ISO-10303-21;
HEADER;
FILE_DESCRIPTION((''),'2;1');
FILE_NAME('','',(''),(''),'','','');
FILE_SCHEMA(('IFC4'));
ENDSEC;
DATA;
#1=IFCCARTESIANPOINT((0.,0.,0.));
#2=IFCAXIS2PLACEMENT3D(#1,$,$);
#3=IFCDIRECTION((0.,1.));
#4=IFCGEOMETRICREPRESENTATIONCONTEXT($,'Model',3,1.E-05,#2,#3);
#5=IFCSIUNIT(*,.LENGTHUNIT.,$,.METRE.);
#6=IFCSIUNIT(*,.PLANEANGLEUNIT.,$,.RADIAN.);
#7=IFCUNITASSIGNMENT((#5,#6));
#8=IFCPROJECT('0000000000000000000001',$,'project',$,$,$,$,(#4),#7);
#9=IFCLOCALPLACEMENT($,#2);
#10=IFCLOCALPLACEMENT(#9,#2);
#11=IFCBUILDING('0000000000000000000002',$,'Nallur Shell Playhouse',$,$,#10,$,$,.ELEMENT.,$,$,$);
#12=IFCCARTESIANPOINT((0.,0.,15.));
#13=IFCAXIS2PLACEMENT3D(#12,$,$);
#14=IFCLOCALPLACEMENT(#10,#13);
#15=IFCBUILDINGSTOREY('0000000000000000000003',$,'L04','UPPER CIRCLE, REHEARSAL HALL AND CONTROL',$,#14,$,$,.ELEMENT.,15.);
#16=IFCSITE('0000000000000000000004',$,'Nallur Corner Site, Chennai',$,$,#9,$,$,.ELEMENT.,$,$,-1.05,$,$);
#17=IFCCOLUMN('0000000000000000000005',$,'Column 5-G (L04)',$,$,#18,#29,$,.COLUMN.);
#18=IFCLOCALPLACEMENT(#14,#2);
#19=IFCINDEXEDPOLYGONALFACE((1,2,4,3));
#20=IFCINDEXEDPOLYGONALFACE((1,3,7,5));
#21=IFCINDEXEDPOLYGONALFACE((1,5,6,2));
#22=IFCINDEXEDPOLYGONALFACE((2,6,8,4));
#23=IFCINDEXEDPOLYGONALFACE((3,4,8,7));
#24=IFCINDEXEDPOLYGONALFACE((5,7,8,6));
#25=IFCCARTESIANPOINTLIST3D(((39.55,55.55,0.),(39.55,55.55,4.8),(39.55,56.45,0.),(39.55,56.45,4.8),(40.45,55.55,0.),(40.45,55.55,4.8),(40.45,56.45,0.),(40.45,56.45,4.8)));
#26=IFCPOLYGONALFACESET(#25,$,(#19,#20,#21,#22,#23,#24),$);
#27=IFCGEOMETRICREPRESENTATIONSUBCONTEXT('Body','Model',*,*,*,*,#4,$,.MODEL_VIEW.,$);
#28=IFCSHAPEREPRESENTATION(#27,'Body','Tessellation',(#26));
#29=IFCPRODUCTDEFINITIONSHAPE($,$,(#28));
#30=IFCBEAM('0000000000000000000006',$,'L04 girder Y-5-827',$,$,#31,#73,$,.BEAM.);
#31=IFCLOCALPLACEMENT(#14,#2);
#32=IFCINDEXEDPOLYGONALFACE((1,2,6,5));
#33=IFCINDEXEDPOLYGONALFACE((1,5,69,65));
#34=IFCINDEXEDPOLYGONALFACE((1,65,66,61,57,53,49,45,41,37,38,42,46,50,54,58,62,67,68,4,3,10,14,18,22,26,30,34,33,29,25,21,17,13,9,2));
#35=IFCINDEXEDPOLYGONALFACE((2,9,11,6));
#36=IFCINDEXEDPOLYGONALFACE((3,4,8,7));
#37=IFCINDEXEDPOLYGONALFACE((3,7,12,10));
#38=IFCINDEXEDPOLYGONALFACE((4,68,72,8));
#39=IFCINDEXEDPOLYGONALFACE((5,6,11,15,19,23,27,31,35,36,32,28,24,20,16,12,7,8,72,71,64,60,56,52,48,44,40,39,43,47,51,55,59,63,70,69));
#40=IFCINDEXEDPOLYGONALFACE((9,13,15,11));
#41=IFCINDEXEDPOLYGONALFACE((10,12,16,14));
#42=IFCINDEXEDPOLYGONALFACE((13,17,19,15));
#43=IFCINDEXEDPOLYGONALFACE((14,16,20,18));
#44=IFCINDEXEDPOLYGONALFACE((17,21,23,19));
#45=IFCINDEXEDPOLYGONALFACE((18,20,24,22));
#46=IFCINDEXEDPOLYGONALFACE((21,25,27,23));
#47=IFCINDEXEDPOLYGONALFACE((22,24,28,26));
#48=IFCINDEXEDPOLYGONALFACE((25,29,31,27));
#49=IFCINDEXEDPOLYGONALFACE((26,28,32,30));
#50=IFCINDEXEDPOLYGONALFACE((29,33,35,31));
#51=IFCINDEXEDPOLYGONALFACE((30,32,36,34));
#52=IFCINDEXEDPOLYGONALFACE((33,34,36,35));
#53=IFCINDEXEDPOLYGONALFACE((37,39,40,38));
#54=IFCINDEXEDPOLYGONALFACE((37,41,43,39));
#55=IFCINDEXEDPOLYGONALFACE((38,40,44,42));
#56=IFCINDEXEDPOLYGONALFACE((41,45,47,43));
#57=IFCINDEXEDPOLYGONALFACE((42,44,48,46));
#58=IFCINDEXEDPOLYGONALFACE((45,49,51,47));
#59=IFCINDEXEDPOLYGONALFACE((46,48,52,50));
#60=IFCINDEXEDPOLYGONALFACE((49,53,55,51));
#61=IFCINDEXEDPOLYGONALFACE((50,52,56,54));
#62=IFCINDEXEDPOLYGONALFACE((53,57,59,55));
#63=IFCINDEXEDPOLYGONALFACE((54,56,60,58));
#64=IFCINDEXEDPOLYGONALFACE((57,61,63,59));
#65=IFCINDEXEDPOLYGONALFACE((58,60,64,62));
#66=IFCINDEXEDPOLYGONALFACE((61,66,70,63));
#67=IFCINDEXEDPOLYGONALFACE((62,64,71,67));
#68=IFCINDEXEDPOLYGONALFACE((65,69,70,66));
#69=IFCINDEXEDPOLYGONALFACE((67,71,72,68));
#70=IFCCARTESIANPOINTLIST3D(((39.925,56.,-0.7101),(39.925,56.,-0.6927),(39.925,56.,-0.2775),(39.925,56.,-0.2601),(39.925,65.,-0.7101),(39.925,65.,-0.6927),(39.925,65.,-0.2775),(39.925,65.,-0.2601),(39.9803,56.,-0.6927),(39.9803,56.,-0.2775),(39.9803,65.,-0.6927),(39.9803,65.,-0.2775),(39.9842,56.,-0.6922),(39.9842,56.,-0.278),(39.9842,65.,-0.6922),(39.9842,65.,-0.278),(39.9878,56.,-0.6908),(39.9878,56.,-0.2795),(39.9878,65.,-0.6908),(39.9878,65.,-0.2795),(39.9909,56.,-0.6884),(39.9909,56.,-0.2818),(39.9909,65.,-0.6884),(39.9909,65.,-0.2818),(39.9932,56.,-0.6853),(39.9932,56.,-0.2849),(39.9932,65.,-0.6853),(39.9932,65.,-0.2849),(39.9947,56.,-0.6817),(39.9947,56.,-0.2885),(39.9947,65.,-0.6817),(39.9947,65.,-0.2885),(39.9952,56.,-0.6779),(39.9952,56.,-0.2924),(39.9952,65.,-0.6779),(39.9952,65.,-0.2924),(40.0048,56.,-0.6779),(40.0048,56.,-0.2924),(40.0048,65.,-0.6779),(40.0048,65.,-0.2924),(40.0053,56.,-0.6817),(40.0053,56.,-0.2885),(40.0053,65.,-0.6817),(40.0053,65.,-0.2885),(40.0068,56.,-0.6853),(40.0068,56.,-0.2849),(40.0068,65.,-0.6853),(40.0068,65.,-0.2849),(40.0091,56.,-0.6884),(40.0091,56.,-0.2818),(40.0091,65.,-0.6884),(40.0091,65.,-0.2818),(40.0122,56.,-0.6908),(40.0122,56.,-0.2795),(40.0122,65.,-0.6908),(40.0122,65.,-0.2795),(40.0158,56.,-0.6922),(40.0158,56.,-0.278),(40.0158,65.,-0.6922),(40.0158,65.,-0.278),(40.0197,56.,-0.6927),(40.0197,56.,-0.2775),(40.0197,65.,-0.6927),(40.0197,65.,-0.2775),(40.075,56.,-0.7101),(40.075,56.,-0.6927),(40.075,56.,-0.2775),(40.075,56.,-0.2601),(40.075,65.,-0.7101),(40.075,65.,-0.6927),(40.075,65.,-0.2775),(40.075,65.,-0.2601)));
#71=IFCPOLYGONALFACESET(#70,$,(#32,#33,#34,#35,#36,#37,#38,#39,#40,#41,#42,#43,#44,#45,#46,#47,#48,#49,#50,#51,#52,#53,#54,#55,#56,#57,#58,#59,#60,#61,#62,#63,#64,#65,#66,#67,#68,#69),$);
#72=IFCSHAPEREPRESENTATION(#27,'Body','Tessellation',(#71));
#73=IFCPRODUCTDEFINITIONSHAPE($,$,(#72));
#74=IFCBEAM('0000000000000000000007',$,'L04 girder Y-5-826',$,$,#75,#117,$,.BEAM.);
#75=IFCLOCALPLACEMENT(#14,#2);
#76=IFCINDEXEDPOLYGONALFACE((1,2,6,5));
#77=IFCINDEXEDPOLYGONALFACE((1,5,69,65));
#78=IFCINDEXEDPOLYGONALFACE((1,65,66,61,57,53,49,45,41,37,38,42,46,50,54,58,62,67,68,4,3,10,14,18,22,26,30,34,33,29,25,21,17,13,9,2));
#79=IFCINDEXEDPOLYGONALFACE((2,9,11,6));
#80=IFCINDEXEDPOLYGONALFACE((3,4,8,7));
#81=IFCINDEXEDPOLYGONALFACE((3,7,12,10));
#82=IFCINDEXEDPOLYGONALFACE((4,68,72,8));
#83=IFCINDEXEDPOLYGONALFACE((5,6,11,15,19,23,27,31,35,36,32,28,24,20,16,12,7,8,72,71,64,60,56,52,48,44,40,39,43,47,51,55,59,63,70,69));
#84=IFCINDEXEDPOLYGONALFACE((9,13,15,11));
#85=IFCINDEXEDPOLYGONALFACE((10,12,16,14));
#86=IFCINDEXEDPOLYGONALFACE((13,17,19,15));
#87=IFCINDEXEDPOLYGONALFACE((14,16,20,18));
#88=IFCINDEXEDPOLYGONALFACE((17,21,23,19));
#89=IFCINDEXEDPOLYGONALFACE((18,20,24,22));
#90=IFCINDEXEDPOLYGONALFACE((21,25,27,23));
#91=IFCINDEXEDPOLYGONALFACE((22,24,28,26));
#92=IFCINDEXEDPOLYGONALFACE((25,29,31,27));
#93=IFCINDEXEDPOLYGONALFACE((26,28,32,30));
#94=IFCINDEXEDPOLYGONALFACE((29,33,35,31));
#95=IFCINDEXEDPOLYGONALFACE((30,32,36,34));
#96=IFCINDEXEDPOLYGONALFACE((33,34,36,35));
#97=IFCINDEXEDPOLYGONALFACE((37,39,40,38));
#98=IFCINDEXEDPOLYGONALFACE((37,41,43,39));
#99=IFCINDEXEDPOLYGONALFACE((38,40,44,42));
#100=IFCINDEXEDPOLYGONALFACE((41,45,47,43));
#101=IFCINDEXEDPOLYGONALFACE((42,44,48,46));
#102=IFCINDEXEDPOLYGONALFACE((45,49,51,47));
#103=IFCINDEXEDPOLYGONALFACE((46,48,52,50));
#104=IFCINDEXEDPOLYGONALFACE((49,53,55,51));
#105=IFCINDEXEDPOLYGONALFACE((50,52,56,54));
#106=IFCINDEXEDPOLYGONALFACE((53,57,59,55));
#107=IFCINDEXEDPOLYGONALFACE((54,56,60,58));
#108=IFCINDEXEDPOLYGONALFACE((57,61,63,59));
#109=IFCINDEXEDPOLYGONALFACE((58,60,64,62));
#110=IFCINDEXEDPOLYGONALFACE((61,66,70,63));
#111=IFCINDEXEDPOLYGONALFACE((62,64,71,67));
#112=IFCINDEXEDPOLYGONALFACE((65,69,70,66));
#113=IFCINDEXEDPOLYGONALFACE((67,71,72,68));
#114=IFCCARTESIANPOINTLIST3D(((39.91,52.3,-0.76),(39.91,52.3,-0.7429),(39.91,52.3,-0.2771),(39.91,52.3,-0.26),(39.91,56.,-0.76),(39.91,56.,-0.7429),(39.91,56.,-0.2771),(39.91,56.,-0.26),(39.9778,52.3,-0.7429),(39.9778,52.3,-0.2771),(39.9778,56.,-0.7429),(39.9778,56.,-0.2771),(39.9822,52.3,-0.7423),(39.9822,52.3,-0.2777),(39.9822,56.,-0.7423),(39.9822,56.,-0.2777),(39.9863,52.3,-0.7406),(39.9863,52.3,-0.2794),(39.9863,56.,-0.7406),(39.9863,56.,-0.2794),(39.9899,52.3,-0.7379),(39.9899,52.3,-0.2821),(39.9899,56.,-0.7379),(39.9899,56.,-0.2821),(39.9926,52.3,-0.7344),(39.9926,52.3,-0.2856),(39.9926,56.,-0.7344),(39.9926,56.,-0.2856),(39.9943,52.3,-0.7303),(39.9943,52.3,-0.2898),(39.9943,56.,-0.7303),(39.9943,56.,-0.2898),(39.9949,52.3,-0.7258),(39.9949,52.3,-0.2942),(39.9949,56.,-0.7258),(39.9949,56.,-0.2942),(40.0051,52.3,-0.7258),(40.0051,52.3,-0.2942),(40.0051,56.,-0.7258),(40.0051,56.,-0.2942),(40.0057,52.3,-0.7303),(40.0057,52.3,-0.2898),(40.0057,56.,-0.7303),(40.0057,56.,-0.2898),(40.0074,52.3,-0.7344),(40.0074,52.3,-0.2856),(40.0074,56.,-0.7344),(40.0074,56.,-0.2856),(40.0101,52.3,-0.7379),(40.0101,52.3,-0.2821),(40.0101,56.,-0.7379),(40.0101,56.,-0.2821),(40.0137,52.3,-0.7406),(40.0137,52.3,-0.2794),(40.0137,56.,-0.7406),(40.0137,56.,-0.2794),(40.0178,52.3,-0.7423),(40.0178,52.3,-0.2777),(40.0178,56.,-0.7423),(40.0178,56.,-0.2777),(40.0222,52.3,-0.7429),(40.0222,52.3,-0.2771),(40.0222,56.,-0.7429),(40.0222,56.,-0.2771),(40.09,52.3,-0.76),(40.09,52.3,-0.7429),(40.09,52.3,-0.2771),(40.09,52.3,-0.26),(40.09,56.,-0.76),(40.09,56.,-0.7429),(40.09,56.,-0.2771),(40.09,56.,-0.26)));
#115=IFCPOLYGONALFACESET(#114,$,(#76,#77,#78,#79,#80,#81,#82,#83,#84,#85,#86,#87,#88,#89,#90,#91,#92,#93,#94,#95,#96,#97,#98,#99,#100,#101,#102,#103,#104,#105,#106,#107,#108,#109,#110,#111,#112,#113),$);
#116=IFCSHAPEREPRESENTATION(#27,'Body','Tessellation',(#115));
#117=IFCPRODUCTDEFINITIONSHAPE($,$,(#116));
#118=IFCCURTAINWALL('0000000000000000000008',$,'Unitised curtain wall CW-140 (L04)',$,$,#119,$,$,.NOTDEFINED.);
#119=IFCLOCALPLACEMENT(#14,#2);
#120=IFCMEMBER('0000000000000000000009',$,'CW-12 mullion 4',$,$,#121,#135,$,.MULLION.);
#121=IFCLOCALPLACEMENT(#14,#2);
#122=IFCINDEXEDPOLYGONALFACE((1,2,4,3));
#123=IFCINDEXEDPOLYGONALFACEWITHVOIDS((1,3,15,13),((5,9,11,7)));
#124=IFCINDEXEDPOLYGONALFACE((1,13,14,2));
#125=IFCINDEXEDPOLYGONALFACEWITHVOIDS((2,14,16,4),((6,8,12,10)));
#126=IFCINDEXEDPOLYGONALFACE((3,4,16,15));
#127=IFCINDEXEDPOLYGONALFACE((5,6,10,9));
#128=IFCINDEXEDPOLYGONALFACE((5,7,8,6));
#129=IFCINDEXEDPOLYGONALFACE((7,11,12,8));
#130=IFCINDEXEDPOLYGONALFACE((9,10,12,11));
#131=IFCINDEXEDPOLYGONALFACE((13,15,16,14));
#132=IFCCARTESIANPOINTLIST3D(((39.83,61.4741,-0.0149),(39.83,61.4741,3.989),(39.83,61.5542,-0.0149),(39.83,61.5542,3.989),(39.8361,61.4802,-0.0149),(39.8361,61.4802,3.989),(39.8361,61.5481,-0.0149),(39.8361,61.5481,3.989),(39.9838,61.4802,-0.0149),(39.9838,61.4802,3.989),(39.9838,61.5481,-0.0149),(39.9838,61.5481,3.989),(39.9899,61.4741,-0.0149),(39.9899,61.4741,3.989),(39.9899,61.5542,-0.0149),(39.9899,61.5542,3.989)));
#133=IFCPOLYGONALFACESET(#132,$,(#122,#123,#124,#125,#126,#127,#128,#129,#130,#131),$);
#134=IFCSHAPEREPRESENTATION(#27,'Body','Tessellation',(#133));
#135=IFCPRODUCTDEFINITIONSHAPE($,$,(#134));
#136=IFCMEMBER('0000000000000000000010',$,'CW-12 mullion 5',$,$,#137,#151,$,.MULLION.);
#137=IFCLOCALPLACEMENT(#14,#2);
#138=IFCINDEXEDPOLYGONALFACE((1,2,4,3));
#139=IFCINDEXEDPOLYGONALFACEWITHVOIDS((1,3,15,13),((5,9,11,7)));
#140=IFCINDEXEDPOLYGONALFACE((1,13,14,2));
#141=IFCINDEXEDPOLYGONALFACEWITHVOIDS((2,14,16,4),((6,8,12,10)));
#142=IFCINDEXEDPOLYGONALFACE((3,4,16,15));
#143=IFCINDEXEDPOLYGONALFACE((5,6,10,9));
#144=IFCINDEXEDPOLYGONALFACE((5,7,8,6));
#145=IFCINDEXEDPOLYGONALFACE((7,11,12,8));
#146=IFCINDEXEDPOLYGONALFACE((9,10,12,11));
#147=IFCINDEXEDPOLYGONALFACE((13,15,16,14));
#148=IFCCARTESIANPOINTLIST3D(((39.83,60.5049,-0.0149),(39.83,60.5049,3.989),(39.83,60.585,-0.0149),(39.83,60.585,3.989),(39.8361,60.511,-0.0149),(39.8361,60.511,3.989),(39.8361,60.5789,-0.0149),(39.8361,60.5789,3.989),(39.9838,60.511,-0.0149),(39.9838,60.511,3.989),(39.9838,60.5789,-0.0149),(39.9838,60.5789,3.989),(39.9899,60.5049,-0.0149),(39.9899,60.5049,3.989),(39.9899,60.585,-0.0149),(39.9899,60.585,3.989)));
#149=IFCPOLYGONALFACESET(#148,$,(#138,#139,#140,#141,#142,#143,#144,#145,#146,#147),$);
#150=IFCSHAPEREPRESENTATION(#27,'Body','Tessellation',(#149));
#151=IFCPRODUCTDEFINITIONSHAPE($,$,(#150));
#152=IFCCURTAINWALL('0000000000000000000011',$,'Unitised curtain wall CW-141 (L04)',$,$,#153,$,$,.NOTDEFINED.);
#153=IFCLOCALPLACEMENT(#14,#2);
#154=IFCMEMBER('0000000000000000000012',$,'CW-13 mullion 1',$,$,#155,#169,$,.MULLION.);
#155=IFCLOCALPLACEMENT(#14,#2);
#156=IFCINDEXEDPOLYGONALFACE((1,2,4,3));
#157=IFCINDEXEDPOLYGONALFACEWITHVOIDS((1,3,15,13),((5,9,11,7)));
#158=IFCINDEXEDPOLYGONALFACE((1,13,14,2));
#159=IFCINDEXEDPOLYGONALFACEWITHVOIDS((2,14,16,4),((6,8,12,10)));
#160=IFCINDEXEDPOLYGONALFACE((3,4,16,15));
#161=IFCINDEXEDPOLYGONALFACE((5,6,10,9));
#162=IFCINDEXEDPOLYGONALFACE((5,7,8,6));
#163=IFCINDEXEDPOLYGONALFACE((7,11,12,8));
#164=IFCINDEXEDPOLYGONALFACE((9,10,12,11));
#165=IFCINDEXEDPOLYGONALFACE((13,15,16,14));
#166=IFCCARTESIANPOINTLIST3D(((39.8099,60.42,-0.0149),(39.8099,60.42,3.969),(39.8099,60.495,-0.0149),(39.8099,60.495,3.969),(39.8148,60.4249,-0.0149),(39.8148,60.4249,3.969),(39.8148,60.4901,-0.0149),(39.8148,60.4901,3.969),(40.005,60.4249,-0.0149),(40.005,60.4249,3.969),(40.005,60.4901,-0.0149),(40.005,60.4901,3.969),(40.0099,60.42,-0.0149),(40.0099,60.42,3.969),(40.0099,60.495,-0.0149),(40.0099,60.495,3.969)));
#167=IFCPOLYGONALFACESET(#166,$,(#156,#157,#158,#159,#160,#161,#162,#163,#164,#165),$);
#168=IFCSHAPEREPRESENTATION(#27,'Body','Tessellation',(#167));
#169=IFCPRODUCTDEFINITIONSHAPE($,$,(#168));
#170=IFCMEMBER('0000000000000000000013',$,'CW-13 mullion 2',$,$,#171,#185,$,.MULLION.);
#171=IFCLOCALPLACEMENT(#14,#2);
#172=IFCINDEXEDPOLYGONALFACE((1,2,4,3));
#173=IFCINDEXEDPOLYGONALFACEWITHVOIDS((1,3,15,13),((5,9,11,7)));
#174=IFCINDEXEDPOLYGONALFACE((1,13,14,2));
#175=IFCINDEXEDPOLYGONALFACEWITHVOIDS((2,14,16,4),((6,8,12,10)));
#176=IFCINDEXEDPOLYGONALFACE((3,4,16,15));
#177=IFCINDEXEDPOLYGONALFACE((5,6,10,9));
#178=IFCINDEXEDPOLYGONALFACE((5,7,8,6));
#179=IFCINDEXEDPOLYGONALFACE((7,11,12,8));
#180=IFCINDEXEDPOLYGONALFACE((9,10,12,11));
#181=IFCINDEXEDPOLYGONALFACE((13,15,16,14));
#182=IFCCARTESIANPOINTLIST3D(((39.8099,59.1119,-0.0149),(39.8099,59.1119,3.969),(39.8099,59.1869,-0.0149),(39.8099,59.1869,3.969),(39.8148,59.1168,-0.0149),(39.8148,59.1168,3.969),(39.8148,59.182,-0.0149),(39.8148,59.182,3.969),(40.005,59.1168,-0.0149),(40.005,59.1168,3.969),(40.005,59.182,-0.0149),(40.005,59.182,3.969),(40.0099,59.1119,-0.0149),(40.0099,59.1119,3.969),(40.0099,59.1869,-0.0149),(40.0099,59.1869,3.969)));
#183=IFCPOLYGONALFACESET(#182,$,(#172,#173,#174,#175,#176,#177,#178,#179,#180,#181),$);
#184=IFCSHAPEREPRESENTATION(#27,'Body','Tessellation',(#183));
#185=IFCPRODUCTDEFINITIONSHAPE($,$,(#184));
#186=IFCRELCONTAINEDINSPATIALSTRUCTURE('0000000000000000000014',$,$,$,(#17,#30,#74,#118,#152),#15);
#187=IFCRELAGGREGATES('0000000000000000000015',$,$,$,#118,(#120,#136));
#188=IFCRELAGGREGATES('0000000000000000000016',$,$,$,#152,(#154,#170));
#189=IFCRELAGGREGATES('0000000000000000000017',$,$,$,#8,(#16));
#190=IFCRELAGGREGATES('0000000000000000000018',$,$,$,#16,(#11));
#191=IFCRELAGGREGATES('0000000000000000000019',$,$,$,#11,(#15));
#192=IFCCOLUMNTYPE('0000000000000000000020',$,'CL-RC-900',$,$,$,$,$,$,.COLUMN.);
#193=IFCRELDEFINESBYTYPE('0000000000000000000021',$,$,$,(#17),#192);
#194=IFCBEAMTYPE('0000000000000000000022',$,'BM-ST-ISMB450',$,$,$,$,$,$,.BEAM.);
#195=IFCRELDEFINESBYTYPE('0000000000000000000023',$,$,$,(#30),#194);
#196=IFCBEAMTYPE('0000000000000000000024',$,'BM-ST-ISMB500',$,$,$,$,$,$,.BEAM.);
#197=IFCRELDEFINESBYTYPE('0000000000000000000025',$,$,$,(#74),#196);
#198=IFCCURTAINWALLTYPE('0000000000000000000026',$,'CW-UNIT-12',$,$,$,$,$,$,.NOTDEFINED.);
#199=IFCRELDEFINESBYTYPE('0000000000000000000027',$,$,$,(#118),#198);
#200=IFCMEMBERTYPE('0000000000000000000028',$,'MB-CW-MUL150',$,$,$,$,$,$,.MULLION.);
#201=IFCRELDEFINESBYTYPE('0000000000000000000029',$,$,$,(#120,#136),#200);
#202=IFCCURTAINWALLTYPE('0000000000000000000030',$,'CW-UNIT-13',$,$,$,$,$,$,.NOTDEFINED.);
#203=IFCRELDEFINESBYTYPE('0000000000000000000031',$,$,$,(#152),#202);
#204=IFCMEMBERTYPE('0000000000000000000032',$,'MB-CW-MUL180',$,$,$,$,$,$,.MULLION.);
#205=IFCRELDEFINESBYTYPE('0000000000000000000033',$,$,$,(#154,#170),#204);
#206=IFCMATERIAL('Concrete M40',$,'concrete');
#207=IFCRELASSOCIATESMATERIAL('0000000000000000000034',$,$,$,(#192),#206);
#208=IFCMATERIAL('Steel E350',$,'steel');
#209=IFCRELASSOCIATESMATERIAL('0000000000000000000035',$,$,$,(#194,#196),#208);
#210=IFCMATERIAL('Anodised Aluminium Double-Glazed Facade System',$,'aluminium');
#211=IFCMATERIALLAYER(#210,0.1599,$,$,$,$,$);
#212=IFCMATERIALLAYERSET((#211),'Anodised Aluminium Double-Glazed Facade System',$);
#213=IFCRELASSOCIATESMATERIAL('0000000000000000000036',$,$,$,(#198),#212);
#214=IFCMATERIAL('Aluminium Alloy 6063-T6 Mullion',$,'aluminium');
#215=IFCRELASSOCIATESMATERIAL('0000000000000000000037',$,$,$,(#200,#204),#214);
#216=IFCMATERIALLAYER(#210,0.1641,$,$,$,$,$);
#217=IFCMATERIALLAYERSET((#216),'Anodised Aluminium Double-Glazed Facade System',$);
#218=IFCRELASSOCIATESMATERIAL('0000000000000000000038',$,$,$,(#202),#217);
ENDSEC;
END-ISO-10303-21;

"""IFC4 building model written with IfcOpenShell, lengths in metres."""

from ifc_helpers import new_model, si_unit, direction, frame, origin, origin_2d, place, context, subcontext, project, spatial, rectangle, hollow_rectangle, i_section, extrude, material, layer, layer_set, material_profile, profile_set, type_object, element, aggregate, save


model = new_model("IFC4")

# Units and contexts
model_context = context("Model", 3, precision=1e-05, world=origin(), true_north=direction((0.0, 1.0)))
body_context = subcontext(model_context, "Body", "Model", "MODEL_VIEW")
ifc_project = project(units=[si_unit("LENGTHUNIT", "METRE"), si_unit("PLANEANGLEUNIT", "RADIAN")], contexts=[model_context])

# Site, building, storey
site_placement = place(None, origin())
site = spatial("IfcSite", under=ifc_project, at=site_placement, Name="Nallur Corner Site, Chennai", CompositionType="ELEMENT", RefElevation=-1.05)
building_placement = place(site_placement, origin())
building = spatial("IfcBuilding", under=site, at=building_placement, Name="Nallur Shell Playhouse", CompositionType="ELEMENT")
storey_placement = place(building_placement, frame((0.0, 0.0, 15.0)))
storey = spatial("IfcBuildingStorey", under=building, at=storey_placement, Name="L04", Description="UPPER CIRCLE, REHEARSAL HALL AND CONTROL", CompositionType="ELEMENT", Elevation=15.0)

# Column
ifc_material_1 = material(Name="Concrete M40", Category="concrete")
ifc_material_profile_1 = material_profile(ifc_material_1, rectangle(XDim=0.8999, YDim=0.8999, at=origin_2d()), Name="RC 900x900")
ifc_profile_set_1 = profile_set([ifc_material_profile_1], Name="Concrete M40")
column_type = type_object("IfcColumnType", Name="CL-RC-900", PredefinedType="COLUMN", material=ifc_profile_set_1)
column_placement = place(storey_placement, frame((40.0, 56.0, 0.0), z_axis=(0.0, 0.0, 1.0), x_axis=(1.0, 0.0, 0.0)))
element("IfcColumn", 1, at=column_placement, inside=storey, type_object=column_type, Name="Column 5-G (L04)", PredefinedType="COLUMN", context=body_context, shape_type="SweptSolid", body=[
    extrude(rectangle(XDim=0.8999, YDim=0.8999, at=origin_2d()), origin(), (0.0, 0.0, 1.0), 4.8),
])

# Beams
ifc_material_2 = material(Name="Steel E350", Category="steel")
ifc_material_profile_2 = material_profile(ifc_material_2, i_section(OverallWidth=0.1499, OverallDepth=0.45, WebThickness=0.0095, FlangeThickness=0.0173, FilletRadius=0.0149, at=origin_2d()), Name="ISMB 450")
ifc_profile_set_2 = profile_set([ifc_material_profile_2], Name="Steel E350")
beam_type_1 = type_object("IfcBeamType", Name="BM-ST-ISMB450", PredefinedType="BEAM", material=ifc_profile_set_2)
beam_1_placement = place(storey_placement, frame((40.0, 56.0, -0.4851), z_axis=(0.0, 1.0, 0.0), x_axis=(-1.0, 0.0, 0.0)))
element("IfcBeam", 2, at=beam_1_placement, inside=storey, type_object=beam_type_1, Name="L04 girder Y-5-827", PredefinedType="BEAM", context=body_context, shape_type="SweptSolid", body=[
    extrude(i_section(OverallWidth=0.1499, OverallDepth=0.45, WebThickness=0.0095, FlangeThickness=0.0173, FilletRadius=0.0149, at=origin_2d()), origin(), (0.0, 0.0, 1.0), 9.0),
])
ifc_material_profile_3 = material_profile(ifc_material_2, i_section(OverallWidth=0.1799, OverallDepth=0.5, WebThickness=0.0103, FlangeThickness=0.0171, FilletRadius=0.0171, at=origin_2d()), Name="ISMB 500")
ifc_profile_set_3 = profile_set([ifc_material_profile_3], Name="Steel E350")
beam_type_2 = type_object("IfcBeamType", Name="BM-ST-ISMB500", PredefinedType="BEAM", material=ifc_profile_set_3)
beam_2_placement = place(storey_placement, frame((40.0, 52.3, -0.51), z_axis=(0.0, 1.0, 0.0), x_axis=(-1.0, 0.0, 0.0)))
element("IfcBeam", 3, at=beam_2_placement, inside=storey, type_object=beam_type_2, Name="L04 girder Y-5-826", PredefinedType="BEAM", context=body_context, shape_type="SweptSolid", body=[
    extrude(i_section(OverallWidth=0.1799, OverallDepth=0.5, WebThickness=0.0103, FlangeThickness=0.0171, FilletRadius=0.0171, at=origin_2d()), origin(), (0.0, 0.0, 1.0), 3.7),
])

# Curtain walls, members
ifc_material_3 = material(Name="Anodised Aluminium Double-Glazed Facade System", Category="aluminium")
ifc_layer_1 = layer(ifc_material_3, 0.1599)
ifc_layer_set_1 = layer_set([ifc_layer_1], Name="Anodised Aluminium Double-Glazed Facade System")
curtain_wall_type_1 = type_object("IfcCurtainWallType", Name="CW-UNIT-12", PredefinedType="NOTDEFINED", material=ifc_layer_set_1)
curtain_wall_1_placement = place(storey_placement, origin())
curtain_wall_1 = element("IfcCurtainWall", 4, at=curtain_wall_1_placement, inside=storey, type_object=curtain_wall_type_1, Name="Unitised curtain wall CW-140 (L04)", PredefinedType="NOTDEFINED")
ifc_material_4 = material(Name="Aluminium Alloy 6063-T6 Mullion", Category="aluminium")
ifc_material_profile_4 = material_profile(ifc_material_4, hollow_rectangle(XDim=0.0801, YDim=0.1599, WallThickness=0.0061, at=origin_2d()), Name="RHS 160x80x6")
ifc_profile_set_4 = profile_set([ifc_material_profile_4], Name="Aluminium Alloy 6063-T6 Mullion")
member_type_1 = type_object("IfcMemberType", Name="MB-CW-MUL150", PredefinedType="MULLION", material=ifc_profile_set_4)
member_1_placement = place(storey_placement, frame((39.9099, 61.5142, -0.0149), z_axis=(0.0, 0.0, 1.0), x_axis=(0.0, -1.0, 0.0)))
member_1 = element("IfcMember", 5, at=member_1_placement, type_object=member_type_1, Name="CW-12 mullion 4", PredefinedType="MULLION", context=body_context, shape_type="SweptSolid", body=[
    extrude(hollow_rectangle(XDim=0.0801, YDim=0.1599, WallThickness=0.0061, at=origin_2d()), origin(), (0.0, 0.0, 1.0), 4.0039),
])
member_2_placement = place(storey_placement, frame((39.9099, 60.5449, -0.0149), z_axis=(0.0, 0.0, 1.0), x_axis=(0.0, -1.0, 0.0)))
member_2 = element("IfcMember", 6, at=member_2_placement, type_object=member_type_1, Name="CW-12 mullion 5", PredefinedType="MULLION", context=body_context, shape_type="SweptSolid", body=[
    extrude(hollow_rectangle(XDim=0.0801, YDim=0.1599, WallThickness=0.0061, at=origin_2d()), origin(), (0.0, 0.0, 1.0), 4.0039),
])
ifc_layer_2 = layer(ifc_material_3, 0.1641)
ifc_layer_set_2 = layer_set([ifc_layer_2], Name="Anodised Aluminium Double-Glazed Facade System")
curtain_wall_type_2 = type_object("IfcCurtainWallType", Name="CW-UNIT-13", PredefinedType="NOTDEFINED", material=ifc_layer_set_2)
curtain_wall_2_placement = place(storey_placement, origin())
curtain_wall_2 = element("IfcCurtainWall", 7, at=curtain_wall_2_placement, inside=storey, type_object=curtain_wall_type_2, Name="Unitised curtain wall CW-141 (L04)", PredefinedType="NOTDEFINED")
ifc_material_profile_5 = material_profile(ifc_material_4, hollow_rectangle(XDim=0.075, YDim=0.2, WallThickness=0.0049, at=origin_2d()), Name="ALU 75x200x5")
ifc_profile_set_5 = profile_set([ifc_material_profile_5], Name="Aluminium Alloy 6063-T6 Mullion")
member_type_2 = type_object("IfcMemberType", Name="MB-CW-MUL180", PredefinedType="MULLION", material=ifc_profile_set_5)
member_3_placement = place(storey_placement, frame((39.9099, 60.4575, -0.0149), z_axis=(0.0, 0.0, 1.0), x_axis=(0.0, -1.0, 0.0)))
member_3 = element("IfcMember", 8, at=member_3_placement, type_object=member_type_2, Name="CW-13 mullion 1", PredefinedType="MULLION", context=body_context, shape_type="SweptSolid", body=[
    extrude(hollow_rectangle(XDim=0.075, YDim=0.2, WallThickness=0.0049, at=origin_2d()), origin(), (0.0, 0.0, 1.0), 3.9839),
])
member_4_placement = place(storey_placement, frame((39.9099, 59.1494, -0.0149), z_axis=(0.0, 0.0, 1.0), x_axis=(0.0, -1.0, 0.0)))
member_4 = element("IfcMember", 9, at=member_4_placement, type_object=member_type_2, Name="CW-13 mullion 2", PredefinedType="MULLION", context=body_context, shape_type="SweptSolid", body=[
    extrude(hollow_rectangle(XDim=0.075, YDim=0.2, WallThickness=0.0049, at=origin_2d()), origin(), (0.0, 0.0, 1.0), 3.9839),
])

aggregate(curtain_wall_1, [member_1, member_2])
aggregate(curtain_wall_2, [member_3, member_4])

save(model, "model.ifc")
